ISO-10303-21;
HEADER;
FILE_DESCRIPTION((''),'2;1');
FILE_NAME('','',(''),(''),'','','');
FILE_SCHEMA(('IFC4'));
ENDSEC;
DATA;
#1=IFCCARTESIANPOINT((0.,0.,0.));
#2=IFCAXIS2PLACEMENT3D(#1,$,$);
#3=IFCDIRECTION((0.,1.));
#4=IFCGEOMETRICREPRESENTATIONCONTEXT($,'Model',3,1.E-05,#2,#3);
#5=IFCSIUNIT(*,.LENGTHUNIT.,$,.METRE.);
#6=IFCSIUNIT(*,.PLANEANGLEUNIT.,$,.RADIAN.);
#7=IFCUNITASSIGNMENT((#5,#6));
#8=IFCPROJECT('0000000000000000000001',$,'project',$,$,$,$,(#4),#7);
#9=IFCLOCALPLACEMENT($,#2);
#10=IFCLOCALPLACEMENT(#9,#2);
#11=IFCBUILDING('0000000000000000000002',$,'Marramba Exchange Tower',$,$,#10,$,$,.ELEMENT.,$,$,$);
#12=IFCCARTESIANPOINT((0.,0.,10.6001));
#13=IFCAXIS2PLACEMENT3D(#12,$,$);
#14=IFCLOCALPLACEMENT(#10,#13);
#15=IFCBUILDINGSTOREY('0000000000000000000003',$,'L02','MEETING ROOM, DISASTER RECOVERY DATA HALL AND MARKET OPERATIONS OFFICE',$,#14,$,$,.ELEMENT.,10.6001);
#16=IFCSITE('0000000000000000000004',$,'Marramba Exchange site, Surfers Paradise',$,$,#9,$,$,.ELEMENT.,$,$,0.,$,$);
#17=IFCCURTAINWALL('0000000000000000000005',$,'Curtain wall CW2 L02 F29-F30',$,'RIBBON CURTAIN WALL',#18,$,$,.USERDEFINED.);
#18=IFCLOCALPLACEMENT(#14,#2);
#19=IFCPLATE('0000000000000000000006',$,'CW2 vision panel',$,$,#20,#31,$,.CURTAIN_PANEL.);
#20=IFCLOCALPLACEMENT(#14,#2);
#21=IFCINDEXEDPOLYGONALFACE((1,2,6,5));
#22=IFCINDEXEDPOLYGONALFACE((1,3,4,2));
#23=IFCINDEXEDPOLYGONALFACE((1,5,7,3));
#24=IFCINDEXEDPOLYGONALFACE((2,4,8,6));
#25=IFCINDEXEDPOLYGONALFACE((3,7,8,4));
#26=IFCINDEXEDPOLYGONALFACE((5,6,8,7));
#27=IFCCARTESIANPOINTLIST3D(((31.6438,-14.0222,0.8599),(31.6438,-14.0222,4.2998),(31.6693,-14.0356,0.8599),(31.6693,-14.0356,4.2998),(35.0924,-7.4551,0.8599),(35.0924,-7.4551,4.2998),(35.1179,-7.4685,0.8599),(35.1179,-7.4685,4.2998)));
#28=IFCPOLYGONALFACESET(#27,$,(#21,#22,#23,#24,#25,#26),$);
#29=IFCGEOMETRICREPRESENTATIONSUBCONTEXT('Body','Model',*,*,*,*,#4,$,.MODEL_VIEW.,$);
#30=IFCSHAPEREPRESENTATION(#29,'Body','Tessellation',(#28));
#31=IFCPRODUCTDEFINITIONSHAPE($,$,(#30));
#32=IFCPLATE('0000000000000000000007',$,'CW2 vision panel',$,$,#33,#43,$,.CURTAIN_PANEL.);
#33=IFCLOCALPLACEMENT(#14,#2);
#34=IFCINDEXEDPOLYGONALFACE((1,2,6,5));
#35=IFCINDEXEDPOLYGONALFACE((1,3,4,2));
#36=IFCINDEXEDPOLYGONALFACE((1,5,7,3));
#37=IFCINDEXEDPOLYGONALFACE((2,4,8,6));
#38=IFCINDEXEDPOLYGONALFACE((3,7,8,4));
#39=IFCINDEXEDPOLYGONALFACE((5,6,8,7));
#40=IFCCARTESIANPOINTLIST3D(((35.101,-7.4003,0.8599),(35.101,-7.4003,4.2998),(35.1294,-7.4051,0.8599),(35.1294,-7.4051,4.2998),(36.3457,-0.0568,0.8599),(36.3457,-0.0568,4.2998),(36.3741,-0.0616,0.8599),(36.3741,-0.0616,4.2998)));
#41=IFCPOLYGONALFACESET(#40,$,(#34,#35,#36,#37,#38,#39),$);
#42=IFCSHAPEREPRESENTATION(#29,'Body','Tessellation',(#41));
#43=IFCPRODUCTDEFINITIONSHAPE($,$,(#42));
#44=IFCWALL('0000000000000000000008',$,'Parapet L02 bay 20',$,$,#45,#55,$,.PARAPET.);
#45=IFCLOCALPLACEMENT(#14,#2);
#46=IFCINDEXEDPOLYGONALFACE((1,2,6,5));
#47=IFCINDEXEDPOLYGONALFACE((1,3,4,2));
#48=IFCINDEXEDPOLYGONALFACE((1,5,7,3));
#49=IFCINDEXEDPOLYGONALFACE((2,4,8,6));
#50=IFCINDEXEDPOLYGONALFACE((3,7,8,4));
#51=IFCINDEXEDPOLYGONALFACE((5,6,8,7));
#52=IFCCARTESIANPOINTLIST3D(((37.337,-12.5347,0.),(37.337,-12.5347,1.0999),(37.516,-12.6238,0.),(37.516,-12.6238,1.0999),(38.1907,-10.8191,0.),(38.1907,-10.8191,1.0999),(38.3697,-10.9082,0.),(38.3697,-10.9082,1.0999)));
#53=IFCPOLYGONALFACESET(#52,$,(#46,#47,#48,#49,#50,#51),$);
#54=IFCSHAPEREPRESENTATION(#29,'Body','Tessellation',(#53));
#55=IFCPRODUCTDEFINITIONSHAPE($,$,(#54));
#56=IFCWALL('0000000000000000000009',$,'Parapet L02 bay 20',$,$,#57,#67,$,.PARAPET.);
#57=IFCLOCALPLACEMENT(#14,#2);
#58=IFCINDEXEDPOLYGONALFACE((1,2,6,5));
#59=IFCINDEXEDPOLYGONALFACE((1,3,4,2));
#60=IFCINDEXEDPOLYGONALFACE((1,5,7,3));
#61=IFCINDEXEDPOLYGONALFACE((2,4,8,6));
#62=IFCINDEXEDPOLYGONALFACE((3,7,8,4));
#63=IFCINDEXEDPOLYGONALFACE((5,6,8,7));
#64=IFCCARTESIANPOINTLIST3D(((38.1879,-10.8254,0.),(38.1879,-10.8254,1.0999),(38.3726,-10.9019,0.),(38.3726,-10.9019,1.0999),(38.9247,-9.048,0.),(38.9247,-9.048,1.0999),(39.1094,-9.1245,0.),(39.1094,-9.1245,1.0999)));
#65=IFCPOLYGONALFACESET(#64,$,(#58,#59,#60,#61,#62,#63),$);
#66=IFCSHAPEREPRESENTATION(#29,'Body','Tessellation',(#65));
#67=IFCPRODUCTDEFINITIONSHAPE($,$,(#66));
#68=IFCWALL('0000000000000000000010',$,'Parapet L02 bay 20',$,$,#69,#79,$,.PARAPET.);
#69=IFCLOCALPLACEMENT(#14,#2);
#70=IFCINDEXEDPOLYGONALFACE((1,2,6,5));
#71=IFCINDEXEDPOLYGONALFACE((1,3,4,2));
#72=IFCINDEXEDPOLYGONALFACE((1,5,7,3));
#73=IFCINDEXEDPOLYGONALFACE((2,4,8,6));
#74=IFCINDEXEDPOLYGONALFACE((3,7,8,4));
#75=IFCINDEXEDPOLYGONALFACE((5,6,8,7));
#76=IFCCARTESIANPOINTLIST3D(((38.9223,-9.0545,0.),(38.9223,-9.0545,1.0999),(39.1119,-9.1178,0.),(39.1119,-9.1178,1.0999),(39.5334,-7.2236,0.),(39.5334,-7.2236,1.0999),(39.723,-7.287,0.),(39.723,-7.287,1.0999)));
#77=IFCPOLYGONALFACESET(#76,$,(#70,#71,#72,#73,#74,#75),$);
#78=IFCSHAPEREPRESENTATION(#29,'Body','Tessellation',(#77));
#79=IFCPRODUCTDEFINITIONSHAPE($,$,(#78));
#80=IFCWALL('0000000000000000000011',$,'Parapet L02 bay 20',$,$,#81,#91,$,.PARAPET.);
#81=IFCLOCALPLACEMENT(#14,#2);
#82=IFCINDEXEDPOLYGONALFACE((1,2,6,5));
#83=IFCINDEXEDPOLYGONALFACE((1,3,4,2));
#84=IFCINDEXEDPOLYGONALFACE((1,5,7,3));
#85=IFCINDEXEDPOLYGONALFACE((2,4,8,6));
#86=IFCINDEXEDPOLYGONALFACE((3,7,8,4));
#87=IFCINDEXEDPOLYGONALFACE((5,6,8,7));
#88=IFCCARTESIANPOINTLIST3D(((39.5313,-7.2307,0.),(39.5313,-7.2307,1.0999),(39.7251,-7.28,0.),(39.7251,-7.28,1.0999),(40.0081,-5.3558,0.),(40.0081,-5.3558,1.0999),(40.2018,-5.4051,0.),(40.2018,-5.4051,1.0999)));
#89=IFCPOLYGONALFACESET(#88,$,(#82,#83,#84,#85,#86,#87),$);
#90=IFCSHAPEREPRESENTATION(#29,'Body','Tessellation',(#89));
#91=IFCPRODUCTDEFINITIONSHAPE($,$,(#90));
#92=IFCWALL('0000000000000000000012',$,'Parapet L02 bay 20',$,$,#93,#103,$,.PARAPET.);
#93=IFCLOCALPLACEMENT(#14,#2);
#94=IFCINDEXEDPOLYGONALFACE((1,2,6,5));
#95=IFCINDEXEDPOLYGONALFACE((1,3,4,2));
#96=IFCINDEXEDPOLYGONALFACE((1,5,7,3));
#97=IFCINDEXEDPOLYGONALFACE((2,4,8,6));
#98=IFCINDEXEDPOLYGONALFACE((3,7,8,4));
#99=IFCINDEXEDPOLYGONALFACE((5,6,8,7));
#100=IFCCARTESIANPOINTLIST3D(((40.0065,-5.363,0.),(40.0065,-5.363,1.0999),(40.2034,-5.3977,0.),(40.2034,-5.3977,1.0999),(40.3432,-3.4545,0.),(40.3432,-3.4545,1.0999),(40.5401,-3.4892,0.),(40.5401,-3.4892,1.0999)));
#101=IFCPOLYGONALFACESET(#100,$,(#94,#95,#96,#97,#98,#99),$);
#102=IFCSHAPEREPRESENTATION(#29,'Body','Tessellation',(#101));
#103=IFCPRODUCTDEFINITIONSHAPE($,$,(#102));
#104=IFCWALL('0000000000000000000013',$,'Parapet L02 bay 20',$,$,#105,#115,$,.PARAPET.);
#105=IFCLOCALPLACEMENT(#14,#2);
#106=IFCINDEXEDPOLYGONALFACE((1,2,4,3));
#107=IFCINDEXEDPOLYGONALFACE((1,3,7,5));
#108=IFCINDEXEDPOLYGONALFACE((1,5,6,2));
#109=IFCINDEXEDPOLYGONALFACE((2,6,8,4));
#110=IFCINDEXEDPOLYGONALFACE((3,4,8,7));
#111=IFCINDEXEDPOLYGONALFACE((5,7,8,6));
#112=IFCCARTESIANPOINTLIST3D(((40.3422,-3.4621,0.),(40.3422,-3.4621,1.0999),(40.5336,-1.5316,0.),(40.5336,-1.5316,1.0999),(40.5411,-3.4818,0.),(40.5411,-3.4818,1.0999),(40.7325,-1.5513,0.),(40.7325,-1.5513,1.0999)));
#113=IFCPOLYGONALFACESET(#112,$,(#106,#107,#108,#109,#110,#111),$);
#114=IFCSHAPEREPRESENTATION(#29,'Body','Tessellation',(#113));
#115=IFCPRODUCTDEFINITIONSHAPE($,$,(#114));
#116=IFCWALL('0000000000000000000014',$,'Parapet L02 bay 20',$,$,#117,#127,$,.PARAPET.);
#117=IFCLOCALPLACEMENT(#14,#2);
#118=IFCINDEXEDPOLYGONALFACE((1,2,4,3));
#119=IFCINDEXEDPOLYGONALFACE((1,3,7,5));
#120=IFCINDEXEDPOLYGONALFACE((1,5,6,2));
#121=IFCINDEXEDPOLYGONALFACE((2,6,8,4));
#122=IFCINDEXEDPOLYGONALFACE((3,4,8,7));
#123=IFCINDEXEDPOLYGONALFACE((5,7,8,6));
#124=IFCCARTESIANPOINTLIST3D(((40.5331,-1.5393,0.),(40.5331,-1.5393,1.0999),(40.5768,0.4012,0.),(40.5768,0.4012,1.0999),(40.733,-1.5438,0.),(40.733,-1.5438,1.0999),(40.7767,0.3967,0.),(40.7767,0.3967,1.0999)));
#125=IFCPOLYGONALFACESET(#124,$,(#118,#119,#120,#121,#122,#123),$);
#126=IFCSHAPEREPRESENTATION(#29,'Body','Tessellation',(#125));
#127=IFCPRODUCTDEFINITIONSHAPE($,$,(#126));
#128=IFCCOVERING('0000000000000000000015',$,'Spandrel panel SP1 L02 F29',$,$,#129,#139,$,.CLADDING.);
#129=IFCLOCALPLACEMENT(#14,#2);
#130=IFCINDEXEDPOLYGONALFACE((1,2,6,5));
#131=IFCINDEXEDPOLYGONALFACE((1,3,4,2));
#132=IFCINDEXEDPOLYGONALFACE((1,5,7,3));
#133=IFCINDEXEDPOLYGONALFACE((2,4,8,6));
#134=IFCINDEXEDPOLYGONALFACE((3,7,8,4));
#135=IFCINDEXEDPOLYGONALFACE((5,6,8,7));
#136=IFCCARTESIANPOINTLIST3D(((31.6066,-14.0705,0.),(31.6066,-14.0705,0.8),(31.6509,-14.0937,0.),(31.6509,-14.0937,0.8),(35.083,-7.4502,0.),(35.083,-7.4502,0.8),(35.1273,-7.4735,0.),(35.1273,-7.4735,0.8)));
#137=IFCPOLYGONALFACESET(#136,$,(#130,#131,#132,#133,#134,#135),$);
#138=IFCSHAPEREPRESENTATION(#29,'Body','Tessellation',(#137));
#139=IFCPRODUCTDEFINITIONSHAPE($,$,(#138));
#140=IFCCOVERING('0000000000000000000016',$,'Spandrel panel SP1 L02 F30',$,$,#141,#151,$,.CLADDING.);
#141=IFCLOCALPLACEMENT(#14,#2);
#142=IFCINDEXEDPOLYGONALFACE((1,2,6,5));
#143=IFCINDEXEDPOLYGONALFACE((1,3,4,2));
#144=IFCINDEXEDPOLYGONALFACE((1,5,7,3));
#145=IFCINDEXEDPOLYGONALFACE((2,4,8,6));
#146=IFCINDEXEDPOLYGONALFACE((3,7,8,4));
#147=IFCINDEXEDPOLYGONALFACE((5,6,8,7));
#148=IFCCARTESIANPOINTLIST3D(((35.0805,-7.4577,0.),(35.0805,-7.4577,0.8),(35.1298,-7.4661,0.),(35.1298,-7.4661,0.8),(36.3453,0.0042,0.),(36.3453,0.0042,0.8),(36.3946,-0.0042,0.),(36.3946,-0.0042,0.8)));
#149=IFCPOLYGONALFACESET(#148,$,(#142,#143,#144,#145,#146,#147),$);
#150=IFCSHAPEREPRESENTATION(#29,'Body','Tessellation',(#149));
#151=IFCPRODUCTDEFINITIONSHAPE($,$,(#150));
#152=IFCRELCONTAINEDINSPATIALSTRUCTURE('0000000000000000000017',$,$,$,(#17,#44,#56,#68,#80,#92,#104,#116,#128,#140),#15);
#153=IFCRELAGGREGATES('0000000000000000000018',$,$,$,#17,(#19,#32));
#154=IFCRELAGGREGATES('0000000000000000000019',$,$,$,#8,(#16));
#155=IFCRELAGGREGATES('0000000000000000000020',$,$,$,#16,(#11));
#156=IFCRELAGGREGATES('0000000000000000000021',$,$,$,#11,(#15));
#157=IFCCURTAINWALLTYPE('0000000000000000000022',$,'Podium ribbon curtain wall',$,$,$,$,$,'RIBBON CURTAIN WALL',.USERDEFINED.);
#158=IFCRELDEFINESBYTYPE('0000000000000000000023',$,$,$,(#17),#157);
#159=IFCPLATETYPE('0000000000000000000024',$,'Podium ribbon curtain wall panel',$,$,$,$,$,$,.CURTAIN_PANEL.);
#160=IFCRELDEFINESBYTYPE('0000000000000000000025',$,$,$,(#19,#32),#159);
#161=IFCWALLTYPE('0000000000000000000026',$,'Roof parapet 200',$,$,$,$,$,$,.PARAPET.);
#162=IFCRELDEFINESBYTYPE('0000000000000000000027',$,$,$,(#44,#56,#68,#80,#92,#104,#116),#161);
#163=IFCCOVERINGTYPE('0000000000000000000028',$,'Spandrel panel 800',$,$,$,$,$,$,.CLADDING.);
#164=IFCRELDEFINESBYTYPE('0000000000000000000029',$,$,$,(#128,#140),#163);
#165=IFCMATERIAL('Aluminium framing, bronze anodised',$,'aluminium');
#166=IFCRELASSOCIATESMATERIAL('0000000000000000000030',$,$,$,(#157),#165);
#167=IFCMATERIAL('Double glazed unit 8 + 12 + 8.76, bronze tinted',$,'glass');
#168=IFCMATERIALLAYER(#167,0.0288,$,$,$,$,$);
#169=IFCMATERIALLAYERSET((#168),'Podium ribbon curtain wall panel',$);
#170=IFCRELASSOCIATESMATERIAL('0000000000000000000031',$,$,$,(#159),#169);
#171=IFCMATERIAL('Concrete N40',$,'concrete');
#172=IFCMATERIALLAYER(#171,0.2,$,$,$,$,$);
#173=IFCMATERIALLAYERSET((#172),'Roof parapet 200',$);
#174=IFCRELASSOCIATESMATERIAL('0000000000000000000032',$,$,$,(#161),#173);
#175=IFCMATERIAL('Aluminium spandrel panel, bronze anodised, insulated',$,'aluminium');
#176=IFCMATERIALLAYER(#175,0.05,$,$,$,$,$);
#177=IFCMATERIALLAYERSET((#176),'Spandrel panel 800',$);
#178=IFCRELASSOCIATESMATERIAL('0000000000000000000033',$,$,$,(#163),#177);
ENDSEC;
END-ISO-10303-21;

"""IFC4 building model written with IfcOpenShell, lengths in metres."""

from ifc_helpers import new_model, si_unit, direction, frame, frame_2d, origin, origin_2d, place, context, subcontext, project, spatial, rectangle, extrude, material, layer, layer_set, type_object, element, aggregate, save


model = new_model("IFC4")

# Units and contexts
model_context = context("Model", 3, precision=1e-05, world=origin(), true_north=direction((0.0, 1.0)))
body_context = subcontext(model_context, "Body", "Model", "MODEL_VIEW")
ifc_project = project(units=[si_unit("LENGTHUNIT", "METRE"), si_unit("PLANEANGLEUNIT", "RADIAN")], contexts=[model_context])

# Site, building, storey
site_placement = place(None, origin())
site = spatial("IfcSite", under=ifc_project, at=site_placement, Name="Marramba Exchange site, Surfers Paradise", CompositionType="ELEMENT", RefElevation=0.0)
building_placement = place(site_placement, origin())
building = spatial("IfcBuilding", under=site, at=building_placement, Name="Marramba Exchange Tower", CompositionType="ELEMENT")
storey_placement = place(building_placement, frame((0.0, 0.0, 10.6001)))
storey = spatial("IfcBuildingStorey", under=building, at=storey_placement, Name="L02", Description="MEETING ROOM, DISASTER RECOVERY DATA HALL AND MARKET OPERATIONS OFFICE", CompositionType="ELEMENT", Elevation=10.6001)

# Curtain wall
ifc_material_1 = material(Name="Aluminium framing, bronze anodised", Category="aluminium")
curtain_wall_type = type_object("IfcCurtainWallType", Name="Podium ribbon curtain wall", ElementType="RIBBON CURTAIN WALL", PredefinedType="USERDEFINED", material=ifc_material_1)
curtain_wall_placement = place(storey_placement, origin())
curtain_wall = element("IfcCurtainWall", 1, at=curtain_wall_placement, inside=storey, type_object=curtain_wall_type, Name="Curtain wall CW2 L02 F29-F30", ObjectType="RIBBON CURTAIN WALL", PredefinedType="USERDEFINED")

# Plates
ifc_material_2 = material(Name="Double glazed unit 8 + 12 + 8.76, bronze tinted", Category="glass")
ifc_layer_1 = layer(ifc_material_2, 0.0288)
ifc_layer_set_1 = layer_set([ifc_layer_1], Name="Podium ribbon curtain wall panel")
plate_type = type_object("IfcPlateType", Name="Podium ribbon curtain wall panel", PredefinedType="CURTAIN_PANEL", material=ifc_layer_set_1)
plate_1_placement = place(storey_placement, frame((33.3809, -10.7454, 0.8599), z_axis=(0.0, 0.0, 1.0), x_axis=(0.464919, 0.885353, 0.0)))
plate_1 = element("IfcPlate", 2, at=plate_1_placement, type_object=plate_type, Name="CW2 vision panel", PredefinedType="CURTAIN_PANEL", context=body_context, shape_type="SweptSolid", body=[
    extrude(rectangle(XDim=7.4175, YDim=0.0288, at=origin_2d()), origin(), (0.0, 0.0, 1.0), 3.4399),
])
plate_2_placement = place(storey_placement, frame((35.7375, -3.731, 0.8599), z_axis=(0.0, 0.0, 1.0), x_axis=(0.167118, 0.985937, 0.0)))
plate_2 = element("IfcPlate", 3, at=plate_2_placement, type_object=plate_type, Name="CW2 vision panel", PredefinedType="CURTAIN_PANEL", context=body_context, shape_type="SweptSolid", body=[
    extrude(rectangle(XDim=7.4482, YDim=0.0288, at=origin_2d()), origin(), (0.0, 0.0, 1.0), 3.4399),
])
aggregate(curtain_wall, [plate_1, plate_2])

# Walls
ifc_material_3 = material(Name="Concrete N40", Category="concrete")
ifc_layer_2 = layer(ifc_material_3, 0.2)
ifc_layer_set_2 = layer_set([ifc_layer_2], Name="Roof parapet 200")
wall_type = type_object("IfcWallType", Name="Roof parapet 200", PredefinedType="PARAPET", material=ifc_layer_set_2)
wall_1_placement = place(storey_placement, frame((37.4265, -12.5791, 0.0), z_axis=(0.0, 0.0, 1.0), x_axis=(0.445531, 0.895266, 0.0)))
element("IfcWall", 4, at=wall_1_placement, inside=storey, type_object=wall_type, Name="Parapet L02 bay 20", PredefinedType="PARAPET", context=body_context, shape_type="SweptSolid", body=[
    extrude(rectangle(XDim=1.9163, YDim=0.2, at=frame_2d((0.958, 0.0))), origin(), (0.0, 0.0, 1.0), 1.0999),
])
wall_2_placement = place(storey_placement, frame((38.2803, -10.8635, 0.0), z_axis=(0.0, 0.0, 1.0), x_axis=(0.382957, 0.923766, 0.0)))
element("IfcWall", 5, at=wall_2_placement, inside=storey, type_object=wall_type, Name="Parapet L02 bay 20", PredefinedType="PARAPET", context=body_context, shape_type="SweptSolid", body=[
    extrude(rectangle(XDim=1.9241, YDim=0.2, at=frame_2d((0.9619, 0.0))), origin(), (0.0, 0.0, 1.0), 1.0999),
])
wall_3_placement = place(storey_placement, frame((39.0171, -9.0862, 0.0), z_axis=(0.0, 0.0, 1.0), x_axis=(0.316607, 0.948557, 0.0)))
element("IfcWall", 6, at=wall_3_placement, inside=storey, type_object=wall_type, Name="Parapet L02 bay 20", PredefinedType="PARAPET", context=body_context, shape_type="SweptSolid", body=[
    extrude(rectangle(XDim=1.9302, YDim=0.2, at=frame_2d((0.9651, 0.0))), origin(), (0.0, 0.0, 1.0), 1.0999),
])
wall_4_placement = place(storey_placement, frame((39.6282, -7.2554, 0.0), z_axis=(0.0, 0.0, 1.0), x_axis=(0.246453, 0.969155, 0.0)))
element("IfcWall", 7, at=wall_4_placement, inside=storey, type_object=wall_type, Name="Parapet L02 bay 20", PredefinedType="PARAPET", context=body_context, shape_type="SweptSolid", body=[
    extrude(rectangle(XDim=1.9346, YDim=0.2, at=frame_2d((0.9673, 0.0))), origin(), (0.0, 0.0, 1.0), 1.0999),
])
wall_5_placement = place(storey_placement, frame((40.105, -5.3804, 0.0), z_axis=(0.0, 0.0, 1.0), x_axis=(0.173728, 0.984794, 0.0)))
element("IfcWall", 8, at=wall_5_placement, inside=storey, type_object=wall_type, Name="Parapet L02 bay 20", PredefinedType="PARAPET", context=body_context, shape_type="SweptSolid", body=[
    extrude(rectangle(XDim=1.938, YDim=0.2, at=frame_2d((0.969, 0.0))), origin(), (0.0, 0.0, 1.0), 1.0999),
])
wall_6_placement = place(storey_placement, frame((40.4417, -3.4719, 0.0), z_axis=(0.0, 0.0, 1.0), x_axis=(0.098669, 0.99512, 0.0)))
element("IfcWall", 9, at=wall_6_placement, inside=storey, type_object=wall_type, Name="Parapet L02 bay 20", PredefinedType="PARAPET", context=body_context, shape_type="SweptSolid", body=[
    extrude(rectangle(XDim=1.9399, YDim=0.2, at=frame_2d((0.97, 0.0))), origin(), (0.0, 0.0, 1.0), 1.0999),
])
wall_7_placement = place(storey_placement, frame((40.6331, -1.5415, 0.0), z_axis=(0.0, 0.0, 1.0), x_axis=(0.022516, 0.999746, 0.0)))
element("IfcWall", 10, at=wall_7_placement, inside=storey, type_object=wall_type, Name="Parapet L02 bay 20", PredefinedType="PARAPET", context=body_context, shape_type="SweptSolid", body=[
    extrude(rectangle(XDim=1.9409, YDim=0.2, at=frame_2d((0.9705, 0.0))), origin(), (0.0, 0.0, 1.0), 1.0999),
])

# Coverings
ifc_material_4 = material(Name="Aluminium spandrel panel, bronze anodised, insulated", Category="aluminium")
ifc_layer_3 = layer(ifc_material_4, 0.05)
ifc_layer_set_3 = layer_set([ifc_layer_3], Name="Spandrel panel 800")
covering_type = type_object("IfcCoveringType", Name="Spandrel panel 800", PredefinedType="CLADDING", material=ifc_layer_set_3)
covering_1_placement = place(storey_placement, frame((33.3669, -10.772, 0.0), z_axis=(0.0, 0.0, 1.0), x_axis=(0.464919, 0.885353, 0.0)))
element("IfcCovering", 11, at=covering_1_placement, inside=storey, type_object=covering_type, Name="Spandrel panel SP1 L02 F29", PredefinedType="CLADDING", context=body_context, shape_type="SweptSolid", body=[
    extrude(rectangle(XDim=7.4775, YDim=0.05, at=origin_2d()), origin(), (0.0, 0.0, 1.0), 0.8),
])
covering_2_placement = place(storey_placement, frame((35.7375, -3.731, 0.0), z_axis=(0.0, 0.0, 1.0), x_axis=(0.167118, 0.985937, 0.0)))
element("IfcCovering", 12, at=covering_2_placement, inside=storey, type_object=covering_type, Name="Spandrel panel SP1 L02 F30", PredefinedType="CLADDING", context=body_context, shape_type="SweptSolid", body=[
    extrude(rectangle(XDim=7.5684, YDim=0.05, at=origin_2d()), origin(), (0.0, 0.0, 1.0), 0.8),
])

save(model, "model.ifc")
